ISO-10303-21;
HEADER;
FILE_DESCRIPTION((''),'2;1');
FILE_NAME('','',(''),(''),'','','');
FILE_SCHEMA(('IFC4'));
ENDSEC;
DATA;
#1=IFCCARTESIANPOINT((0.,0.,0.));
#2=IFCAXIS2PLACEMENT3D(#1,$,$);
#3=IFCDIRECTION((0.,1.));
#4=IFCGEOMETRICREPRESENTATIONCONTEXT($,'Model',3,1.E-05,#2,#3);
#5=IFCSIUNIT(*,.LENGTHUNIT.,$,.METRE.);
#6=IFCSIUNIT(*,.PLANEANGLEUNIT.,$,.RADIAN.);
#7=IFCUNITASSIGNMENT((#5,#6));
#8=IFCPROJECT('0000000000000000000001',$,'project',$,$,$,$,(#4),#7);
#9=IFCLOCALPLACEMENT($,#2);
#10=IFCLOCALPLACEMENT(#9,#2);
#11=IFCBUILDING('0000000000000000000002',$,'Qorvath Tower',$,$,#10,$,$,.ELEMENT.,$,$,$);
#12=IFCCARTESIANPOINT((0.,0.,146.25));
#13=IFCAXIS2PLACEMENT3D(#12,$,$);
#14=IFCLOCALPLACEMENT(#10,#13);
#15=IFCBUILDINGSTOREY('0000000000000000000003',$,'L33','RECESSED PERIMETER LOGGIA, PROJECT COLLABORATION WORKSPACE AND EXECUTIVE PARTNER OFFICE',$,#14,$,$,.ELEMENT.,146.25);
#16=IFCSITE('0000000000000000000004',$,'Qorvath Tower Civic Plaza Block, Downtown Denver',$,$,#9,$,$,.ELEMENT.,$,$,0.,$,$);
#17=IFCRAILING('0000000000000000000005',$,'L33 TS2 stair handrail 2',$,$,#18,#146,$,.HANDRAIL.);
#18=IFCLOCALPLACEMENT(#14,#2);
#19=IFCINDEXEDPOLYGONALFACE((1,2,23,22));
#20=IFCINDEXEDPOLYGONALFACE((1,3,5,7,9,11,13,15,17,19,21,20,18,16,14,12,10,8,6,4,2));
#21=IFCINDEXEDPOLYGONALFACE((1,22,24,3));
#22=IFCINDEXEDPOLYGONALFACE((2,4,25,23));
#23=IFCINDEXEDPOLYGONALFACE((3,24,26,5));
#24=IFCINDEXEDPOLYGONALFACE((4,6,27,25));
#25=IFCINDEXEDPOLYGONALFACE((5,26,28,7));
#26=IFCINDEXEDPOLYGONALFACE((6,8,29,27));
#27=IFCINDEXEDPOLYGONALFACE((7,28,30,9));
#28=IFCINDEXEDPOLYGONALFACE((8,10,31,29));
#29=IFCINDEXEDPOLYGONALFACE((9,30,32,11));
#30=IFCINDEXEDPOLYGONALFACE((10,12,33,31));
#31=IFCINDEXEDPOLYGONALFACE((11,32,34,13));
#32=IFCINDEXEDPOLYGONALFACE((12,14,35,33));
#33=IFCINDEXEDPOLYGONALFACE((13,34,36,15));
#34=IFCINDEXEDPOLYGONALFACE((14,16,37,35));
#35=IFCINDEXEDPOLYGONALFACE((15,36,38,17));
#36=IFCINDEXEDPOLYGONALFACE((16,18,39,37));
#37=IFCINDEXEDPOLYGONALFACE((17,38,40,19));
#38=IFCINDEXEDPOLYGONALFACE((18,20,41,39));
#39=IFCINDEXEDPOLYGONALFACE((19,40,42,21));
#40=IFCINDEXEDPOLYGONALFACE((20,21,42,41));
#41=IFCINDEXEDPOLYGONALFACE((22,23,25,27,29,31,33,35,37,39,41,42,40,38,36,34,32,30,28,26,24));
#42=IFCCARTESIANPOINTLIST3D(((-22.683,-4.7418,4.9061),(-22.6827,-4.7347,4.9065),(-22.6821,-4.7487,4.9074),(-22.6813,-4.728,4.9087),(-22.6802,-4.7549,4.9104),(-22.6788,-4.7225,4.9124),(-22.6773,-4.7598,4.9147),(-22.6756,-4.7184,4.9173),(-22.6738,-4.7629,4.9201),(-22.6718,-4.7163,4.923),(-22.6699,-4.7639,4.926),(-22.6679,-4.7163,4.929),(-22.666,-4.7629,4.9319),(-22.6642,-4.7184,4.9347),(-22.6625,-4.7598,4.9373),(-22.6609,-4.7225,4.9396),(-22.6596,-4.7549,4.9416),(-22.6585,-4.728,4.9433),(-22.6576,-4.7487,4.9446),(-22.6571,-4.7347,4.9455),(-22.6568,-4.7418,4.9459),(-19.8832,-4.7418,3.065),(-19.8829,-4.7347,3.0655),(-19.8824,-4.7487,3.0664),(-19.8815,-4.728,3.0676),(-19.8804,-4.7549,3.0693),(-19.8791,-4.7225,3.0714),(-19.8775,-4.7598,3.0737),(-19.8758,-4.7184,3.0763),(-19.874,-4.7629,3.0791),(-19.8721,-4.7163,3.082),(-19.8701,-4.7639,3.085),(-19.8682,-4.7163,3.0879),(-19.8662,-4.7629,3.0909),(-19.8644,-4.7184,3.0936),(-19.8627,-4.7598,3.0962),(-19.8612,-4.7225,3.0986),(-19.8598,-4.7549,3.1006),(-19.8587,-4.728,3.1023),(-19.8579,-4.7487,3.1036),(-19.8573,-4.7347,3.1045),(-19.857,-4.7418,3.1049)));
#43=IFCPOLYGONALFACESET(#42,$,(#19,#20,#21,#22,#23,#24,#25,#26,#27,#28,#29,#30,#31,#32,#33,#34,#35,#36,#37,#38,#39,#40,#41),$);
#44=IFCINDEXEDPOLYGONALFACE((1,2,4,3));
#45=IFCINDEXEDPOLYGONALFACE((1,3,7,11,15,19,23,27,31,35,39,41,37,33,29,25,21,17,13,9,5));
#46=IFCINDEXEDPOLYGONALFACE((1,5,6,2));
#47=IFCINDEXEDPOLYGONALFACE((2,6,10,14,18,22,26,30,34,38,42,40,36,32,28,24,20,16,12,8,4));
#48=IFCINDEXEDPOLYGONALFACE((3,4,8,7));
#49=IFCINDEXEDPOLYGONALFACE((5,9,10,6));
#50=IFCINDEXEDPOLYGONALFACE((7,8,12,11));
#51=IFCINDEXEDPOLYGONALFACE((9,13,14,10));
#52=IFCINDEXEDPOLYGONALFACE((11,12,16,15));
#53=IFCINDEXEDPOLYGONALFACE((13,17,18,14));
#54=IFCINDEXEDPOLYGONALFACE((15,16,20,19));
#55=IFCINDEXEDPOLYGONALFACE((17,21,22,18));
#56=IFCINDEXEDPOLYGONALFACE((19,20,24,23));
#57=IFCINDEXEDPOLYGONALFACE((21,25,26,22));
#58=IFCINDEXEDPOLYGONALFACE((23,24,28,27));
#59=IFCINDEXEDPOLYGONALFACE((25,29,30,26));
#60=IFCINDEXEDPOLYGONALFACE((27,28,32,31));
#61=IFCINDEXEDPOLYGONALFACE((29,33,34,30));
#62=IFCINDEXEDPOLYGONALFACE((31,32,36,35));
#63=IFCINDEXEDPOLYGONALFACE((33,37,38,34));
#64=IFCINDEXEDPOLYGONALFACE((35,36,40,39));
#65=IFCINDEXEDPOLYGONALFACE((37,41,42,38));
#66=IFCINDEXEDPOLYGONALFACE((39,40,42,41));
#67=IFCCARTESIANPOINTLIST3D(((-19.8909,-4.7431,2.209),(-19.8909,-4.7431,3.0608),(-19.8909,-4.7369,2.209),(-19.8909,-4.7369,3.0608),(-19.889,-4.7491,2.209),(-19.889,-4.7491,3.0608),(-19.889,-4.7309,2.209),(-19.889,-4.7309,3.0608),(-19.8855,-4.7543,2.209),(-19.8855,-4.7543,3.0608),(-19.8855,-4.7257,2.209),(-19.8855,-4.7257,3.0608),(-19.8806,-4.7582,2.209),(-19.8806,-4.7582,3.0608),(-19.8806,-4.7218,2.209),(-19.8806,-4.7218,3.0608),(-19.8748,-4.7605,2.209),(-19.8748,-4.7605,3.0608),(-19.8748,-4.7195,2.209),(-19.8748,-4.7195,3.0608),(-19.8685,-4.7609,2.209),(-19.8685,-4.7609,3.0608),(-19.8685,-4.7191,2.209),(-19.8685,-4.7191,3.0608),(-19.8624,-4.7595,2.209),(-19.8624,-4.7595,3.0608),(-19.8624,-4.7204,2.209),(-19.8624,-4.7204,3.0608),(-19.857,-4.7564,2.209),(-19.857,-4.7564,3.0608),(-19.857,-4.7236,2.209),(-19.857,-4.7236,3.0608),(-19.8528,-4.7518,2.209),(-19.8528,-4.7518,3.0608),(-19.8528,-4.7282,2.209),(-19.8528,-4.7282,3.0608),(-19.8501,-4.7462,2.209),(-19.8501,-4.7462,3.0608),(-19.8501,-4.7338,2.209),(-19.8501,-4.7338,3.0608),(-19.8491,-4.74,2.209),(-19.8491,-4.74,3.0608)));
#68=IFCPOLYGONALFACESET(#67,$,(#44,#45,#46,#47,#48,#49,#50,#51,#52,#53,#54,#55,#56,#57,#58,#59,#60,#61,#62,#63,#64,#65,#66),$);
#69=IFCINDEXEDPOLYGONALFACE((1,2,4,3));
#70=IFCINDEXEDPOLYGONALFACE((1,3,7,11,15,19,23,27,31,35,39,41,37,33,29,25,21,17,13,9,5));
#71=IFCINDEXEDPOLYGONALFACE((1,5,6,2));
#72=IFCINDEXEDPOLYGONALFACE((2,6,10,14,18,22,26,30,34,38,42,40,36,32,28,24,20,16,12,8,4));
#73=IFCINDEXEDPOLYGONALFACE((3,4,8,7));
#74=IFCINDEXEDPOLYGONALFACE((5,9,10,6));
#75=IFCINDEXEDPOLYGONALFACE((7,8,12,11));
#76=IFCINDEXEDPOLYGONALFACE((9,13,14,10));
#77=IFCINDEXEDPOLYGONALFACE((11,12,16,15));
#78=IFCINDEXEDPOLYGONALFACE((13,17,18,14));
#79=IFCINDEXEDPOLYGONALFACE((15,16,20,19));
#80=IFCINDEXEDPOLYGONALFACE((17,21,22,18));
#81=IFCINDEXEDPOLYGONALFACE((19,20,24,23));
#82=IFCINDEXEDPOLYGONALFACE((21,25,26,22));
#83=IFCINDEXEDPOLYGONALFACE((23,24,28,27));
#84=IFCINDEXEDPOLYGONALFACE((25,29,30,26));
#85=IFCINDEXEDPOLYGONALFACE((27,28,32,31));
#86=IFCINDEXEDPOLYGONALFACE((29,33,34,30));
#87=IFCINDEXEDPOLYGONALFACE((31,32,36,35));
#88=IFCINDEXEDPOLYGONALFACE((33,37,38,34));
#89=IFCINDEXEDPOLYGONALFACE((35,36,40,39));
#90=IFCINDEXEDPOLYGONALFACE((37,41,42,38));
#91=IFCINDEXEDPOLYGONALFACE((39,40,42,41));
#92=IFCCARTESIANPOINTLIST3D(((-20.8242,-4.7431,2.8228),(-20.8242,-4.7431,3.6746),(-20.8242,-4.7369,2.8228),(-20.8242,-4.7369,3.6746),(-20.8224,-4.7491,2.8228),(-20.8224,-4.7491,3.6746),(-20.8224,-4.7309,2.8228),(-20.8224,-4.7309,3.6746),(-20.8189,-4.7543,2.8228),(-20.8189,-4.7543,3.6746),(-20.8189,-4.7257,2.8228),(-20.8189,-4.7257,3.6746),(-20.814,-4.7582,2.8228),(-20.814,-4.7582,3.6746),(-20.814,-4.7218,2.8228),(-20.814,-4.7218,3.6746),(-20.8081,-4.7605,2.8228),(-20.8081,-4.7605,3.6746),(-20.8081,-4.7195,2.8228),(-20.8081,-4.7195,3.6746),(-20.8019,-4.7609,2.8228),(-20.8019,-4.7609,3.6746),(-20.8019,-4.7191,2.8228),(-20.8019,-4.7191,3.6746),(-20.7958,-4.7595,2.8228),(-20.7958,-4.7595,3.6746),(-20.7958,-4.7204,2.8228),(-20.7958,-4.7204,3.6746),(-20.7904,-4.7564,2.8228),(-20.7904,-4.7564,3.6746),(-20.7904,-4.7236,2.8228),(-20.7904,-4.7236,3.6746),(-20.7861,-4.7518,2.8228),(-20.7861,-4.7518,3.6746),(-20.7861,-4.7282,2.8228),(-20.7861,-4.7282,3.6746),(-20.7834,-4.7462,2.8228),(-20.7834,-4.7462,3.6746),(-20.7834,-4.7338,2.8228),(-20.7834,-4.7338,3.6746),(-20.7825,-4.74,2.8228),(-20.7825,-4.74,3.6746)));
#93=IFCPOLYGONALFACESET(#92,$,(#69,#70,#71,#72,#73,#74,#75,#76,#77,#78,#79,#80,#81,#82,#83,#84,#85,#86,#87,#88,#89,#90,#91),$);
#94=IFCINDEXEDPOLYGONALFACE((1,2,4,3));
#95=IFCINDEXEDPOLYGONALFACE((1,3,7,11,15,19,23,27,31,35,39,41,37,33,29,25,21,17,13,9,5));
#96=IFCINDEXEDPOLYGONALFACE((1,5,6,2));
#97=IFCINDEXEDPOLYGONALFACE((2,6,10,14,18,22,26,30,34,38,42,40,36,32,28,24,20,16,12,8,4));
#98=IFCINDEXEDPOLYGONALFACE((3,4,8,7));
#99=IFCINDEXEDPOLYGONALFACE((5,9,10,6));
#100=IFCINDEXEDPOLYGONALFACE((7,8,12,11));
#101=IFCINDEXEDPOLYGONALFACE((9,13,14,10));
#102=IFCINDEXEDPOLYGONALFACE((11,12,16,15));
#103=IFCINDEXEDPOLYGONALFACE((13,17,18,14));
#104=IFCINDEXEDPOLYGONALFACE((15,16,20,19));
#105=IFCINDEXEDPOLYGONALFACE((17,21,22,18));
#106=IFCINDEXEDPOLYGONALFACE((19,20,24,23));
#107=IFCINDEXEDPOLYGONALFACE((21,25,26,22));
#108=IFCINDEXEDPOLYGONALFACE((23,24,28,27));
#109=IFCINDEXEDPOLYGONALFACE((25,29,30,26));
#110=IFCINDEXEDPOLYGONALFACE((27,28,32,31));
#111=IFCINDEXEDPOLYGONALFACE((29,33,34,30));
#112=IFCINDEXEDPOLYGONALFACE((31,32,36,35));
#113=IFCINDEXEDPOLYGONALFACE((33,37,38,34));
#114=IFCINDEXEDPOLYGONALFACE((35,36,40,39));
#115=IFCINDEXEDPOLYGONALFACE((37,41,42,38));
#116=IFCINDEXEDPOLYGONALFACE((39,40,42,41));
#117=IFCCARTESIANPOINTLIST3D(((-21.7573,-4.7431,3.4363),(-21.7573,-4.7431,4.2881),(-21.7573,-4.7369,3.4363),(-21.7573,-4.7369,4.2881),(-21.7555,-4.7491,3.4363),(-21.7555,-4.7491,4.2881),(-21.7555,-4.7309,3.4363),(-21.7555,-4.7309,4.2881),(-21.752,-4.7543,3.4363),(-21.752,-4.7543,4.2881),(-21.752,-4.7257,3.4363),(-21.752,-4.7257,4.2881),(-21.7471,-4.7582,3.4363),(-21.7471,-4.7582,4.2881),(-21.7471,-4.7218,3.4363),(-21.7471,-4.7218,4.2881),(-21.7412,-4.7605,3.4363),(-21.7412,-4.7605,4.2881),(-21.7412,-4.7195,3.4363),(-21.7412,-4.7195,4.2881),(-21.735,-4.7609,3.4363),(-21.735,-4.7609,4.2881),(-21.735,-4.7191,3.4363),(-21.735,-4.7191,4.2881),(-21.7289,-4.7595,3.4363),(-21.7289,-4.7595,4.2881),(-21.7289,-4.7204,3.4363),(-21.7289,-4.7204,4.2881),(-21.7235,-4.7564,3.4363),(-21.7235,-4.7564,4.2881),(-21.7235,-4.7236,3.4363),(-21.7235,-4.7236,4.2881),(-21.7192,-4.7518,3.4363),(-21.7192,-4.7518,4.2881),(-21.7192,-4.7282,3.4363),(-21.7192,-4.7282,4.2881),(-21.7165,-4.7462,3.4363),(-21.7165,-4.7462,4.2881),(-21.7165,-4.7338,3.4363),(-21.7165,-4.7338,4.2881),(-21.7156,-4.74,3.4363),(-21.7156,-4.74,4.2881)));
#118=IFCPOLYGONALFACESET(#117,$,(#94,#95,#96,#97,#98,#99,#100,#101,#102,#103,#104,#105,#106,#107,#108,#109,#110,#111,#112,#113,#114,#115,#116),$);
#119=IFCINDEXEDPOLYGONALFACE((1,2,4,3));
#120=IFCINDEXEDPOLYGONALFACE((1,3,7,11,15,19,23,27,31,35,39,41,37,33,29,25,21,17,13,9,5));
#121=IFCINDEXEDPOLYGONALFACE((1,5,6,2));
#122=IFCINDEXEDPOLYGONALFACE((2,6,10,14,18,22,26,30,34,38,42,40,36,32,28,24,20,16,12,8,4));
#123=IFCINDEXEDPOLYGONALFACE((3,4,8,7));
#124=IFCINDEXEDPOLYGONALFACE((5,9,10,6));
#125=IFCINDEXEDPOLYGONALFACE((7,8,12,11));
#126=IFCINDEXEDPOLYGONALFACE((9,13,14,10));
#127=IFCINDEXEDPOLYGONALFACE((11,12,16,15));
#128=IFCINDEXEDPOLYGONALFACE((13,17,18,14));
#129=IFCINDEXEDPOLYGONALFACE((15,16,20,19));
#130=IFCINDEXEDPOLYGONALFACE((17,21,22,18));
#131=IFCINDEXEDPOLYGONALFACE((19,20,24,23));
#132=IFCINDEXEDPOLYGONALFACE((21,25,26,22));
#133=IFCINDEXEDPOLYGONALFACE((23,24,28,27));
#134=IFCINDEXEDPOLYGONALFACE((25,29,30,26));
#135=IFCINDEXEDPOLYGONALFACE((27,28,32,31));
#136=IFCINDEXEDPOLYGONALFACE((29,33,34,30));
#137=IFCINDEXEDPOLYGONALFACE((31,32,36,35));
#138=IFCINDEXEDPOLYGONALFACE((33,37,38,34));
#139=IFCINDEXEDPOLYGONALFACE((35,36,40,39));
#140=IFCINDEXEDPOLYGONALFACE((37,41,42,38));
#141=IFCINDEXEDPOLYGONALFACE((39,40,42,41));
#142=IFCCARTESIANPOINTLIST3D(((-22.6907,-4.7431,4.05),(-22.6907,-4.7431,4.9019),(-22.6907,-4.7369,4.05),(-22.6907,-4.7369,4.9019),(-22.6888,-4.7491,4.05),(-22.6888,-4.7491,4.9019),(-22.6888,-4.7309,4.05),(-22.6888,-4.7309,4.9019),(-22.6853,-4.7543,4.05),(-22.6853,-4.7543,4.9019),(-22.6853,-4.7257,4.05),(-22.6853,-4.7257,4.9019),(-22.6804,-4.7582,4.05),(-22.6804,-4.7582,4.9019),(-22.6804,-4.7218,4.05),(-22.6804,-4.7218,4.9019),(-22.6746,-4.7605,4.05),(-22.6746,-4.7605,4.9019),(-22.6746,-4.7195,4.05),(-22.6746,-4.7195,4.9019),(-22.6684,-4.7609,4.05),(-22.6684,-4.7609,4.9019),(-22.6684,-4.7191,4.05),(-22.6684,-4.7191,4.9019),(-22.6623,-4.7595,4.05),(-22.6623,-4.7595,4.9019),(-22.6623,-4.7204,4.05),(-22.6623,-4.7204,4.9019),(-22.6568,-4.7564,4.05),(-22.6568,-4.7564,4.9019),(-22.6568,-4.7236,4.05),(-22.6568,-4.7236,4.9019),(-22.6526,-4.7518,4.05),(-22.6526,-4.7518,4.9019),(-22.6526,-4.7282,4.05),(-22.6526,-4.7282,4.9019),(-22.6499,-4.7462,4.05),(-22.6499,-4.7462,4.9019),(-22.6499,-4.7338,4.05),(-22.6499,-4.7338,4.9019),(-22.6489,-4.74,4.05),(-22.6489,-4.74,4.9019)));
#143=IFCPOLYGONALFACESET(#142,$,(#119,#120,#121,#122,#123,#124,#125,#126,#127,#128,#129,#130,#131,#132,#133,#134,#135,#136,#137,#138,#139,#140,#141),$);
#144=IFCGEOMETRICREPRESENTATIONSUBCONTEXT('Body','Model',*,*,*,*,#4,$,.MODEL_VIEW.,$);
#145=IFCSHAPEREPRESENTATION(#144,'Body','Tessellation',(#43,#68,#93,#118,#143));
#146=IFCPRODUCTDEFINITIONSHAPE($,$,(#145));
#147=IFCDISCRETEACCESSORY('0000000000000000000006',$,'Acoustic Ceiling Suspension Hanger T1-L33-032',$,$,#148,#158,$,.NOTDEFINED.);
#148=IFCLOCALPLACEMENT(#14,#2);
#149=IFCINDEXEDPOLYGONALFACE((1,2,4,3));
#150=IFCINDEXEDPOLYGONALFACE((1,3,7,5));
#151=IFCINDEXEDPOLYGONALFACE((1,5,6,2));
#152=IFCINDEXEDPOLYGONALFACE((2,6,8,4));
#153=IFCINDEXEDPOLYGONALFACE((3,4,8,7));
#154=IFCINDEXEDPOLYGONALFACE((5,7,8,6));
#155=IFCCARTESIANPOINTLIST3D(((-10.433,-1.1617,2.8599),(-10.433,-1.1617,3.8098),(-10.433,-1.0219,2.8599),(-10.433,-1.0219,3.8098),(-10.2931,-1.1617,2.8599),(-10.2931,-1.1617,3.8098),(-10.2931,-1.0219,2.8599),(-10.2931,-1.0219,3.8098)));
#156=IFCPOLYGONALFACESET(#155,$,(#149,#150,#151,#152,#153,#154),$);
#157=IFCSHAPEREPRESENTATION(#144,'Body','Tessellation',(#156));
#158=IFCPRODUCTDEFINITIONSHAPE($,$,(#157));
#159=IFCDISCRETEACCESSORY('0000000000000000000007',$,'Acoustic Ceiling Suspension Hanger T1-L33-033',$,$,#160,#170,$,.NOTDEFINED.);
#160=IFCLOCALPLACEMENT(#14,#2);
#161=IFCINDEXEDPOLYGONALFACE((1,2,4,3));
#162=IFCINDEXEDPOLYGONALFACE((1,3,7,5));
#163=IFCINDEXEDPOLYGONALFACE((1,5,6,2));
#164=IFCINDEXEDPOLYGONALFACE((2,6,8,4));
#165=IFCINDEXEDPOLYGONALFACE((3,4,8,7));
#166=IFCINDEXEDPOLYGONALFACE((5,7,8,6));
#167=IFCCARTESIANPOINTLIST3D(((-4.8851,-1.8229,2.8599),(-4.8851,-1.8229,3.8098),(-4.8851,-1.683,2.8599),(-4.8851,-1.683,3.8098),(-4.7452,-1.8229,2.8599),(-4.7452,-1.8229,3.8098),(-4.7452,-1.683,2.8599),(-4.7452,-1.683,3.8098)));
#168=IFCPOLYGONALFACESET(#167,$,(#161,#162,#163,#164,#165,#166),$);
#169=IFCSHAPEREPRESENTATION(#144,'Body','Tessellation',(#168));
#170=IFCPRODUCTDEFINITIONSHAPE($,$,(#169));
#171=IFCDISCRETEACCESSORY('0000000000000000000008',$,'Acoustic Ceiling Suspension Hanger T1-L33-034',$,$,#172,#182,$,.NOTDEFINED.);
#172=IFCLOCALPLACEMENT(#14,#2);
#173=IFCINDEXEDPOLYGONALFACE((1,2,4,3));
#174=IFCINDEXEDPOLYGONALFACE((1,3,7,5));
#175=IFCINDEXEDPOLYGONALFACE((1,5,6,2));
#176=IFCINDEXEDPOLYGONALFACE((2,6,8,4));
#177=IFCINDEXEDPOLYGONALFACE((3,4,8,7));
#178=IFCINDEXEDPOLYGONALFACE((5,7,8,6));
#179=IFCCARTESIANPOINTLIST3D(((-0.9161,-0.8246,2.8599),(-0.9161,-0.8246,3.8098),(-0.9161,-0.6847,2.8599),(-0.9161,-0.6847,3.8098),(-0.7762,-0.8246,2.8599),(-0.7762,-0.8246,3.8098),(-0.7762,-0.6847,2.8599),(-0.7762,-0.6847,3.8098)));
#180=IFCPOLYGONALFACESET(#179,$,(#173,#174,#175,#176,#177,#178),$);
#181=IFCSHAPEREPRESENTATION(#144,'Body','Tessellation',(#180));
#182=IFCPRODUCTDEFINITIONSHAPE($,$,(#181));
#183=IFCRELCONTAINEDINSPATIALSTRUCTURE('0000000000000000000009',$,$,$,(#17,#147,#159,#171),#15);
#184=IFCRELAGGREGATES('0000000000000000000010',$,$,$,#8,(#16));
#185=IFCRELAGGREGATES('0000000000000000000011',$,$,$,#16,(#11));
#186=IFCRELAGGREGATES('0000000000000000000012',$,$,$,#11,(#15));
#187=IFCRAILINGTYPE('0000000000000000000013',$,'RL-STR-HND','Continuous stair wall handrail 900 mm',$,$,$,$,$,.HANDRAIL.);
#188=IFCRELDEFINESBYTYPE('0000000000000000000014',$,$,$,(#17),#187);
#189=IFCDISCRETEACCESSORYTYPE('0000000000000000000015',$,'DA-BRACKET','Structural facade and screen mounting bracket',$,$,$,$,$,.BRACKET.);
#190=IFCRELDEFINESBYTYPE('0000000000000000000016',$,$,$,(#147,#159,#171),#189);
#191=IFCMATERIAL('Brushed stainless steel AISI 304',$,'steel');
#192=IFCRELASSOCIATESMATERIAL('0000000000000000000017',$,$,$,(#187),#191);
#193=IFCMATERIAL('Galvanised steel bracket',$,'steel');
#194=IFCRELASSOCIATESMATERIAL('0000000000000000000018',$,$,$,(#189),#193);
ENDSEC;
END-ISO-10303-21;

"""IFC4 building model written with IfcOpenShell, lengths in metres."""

from ifc_helpers import new_model, si_unit, direction, frame, origin, origin_2d, place, context, subcontext, project, spatial, rectangle, circle, extrude, material, type_object, element, save


model = new_model("IFC4")

# Units and contexts
model_context = context("Model", 3, precision=1e-05, world=origin(), true_north=direction((0.0, 1.0)))
body_context = subcontext(model_context, "Body", "Model", "MODEL_VIEW")
ifc_project = project(units=[si_unit("LENGTHUNIT", "METRE"), si_unit("PLANEANGLEUNIT", "RADIAN")], contexts=[model_context])

# Site, building, storey
site_placement = place(None, origin())
site = spatial("IfcSite", under=ifc_project, at=site_placement, Name="Qorvath Tower Civic Plaza Block, Downtown Denver", CompositionType="ELEMENT", RefElevation=0.0)
building_placement = place(site_placement, origin())
building = spatial("IfcBuilding", under=site, at=building_placement, Name="Qorvath Tower", CompositionType="ELEMENT")
storey_placement = place(building_placement, frame((0.0, 0.0, 146.25)))
storey = spatial("IfcBuildingStorey", under=building, at=storey_placement, Name="L33", Description="RECESSED PERIMETER LOGGIA, PROJECT COLLABORATION WORKSPACE AND EXECUTIVE PARTNER OFFICE", CompositionType="ELEMENT", Elevation=146.25)

# Railing
ifc_material_1 = material(Name="Brushed stainless steel AISI 304", Category="steel")
railing_type = type_object("IfcRailingType", Name="RL-STR-HND", Description="Continuous stair wall handrail 900 mm", PredefinedType="HANDRAIL", material=ifc_material_1)
railing_placement = place(storey_placement, frame((-19.8701, -4.74, 2.209)))
element("IfcRailing", 1, at=railing_placement, inside=storey, type_object=railing_type, Name="L33 TS2 stair handrail 2", PredefinedType="HANDRAIL", context=body_context, shape_type="SweptSolid", body=[
    extrude(circle(Radius=0.0239, at=origin_2d()), frame((0.0, 0.0, 0.876), z_axis=(-0.835542, 0.0, 0.549426), x_axis=(0.0, -1.0, 0.0)), (0.0, 0.0, 1.0), 3.3508),
    extrude(circle(Radius=0.021, at=origin_2d()), origin(), (0.0, 0.0, 1.0), 0.8518),
    extrude(circle(Radius=0.021, at=origin_2d()), frame((-0.9333, 0.0, 0.6138)), (0.0, 0.0, 1.0), 0.8518),
    extrude(circle(Radius=0.021, at=origin_2d()), frame((-1.8665, 0.0, 1.2273)), (0.0, 0.0, 1.0), 0.8518),
    extrude(circle(Radius=0.021, at=origin_2d()), frame((-2.7998, 0.0, 1.8411)), (0.0, 0.0, 1.0), 0.8518),
])

# Discrete accessories
ifc_material_2 = material(Name="Galvanised steel bracket", Category="steel")
discrete_accessory_type = type_object("IfcDiscreteAccessoryType", Name="DA-BRACKET", Description="Structural facade and screen mounting bracket", PredefinedType="BRACKET", material=ifc_material_2)
for number, where, z_axis, x_axis, name in (
    (2, (-10.363, -1.0918, 2.8599), (0.0, 0.0, 1.0), (1.0, 0.0, 0.0), "Acoustic Ceiling Suspension Hanger T1-L33-032"),
    (3, (-4.8152, -1.7529, 2.8599), (0.0, 0.0, 1.0), (1.0, 0.0, 0.0), "Acoustic Ceiling Suspension Hanger T1-L33-033"),
    (4, (-0.8462, -0.7546, 2.8599), (0.0, 0.0, 1.0), (1.0, 0.0, 0.0), "Acoustic Ceiling Suspension Hanger T1-L33-034"),
):
    element("IfcDiscreteAccessory", number, at=place(storey_placement, frame(where, z_axis=z_axis, x_axis=x_axis)), inside=storey, type_object=discrete_accessory_type, Name=name, PredefinedType="NOTDEFINED", context=body_context, shape_type="SweptSolid", body=[
        extrude(rectangle(XDim=0.1399, YDim=0.1399, at=origin_2d()), origin(), (0.0, 0.0, 1.0), 0.95),
    ])

save(model, "model.ifc")
